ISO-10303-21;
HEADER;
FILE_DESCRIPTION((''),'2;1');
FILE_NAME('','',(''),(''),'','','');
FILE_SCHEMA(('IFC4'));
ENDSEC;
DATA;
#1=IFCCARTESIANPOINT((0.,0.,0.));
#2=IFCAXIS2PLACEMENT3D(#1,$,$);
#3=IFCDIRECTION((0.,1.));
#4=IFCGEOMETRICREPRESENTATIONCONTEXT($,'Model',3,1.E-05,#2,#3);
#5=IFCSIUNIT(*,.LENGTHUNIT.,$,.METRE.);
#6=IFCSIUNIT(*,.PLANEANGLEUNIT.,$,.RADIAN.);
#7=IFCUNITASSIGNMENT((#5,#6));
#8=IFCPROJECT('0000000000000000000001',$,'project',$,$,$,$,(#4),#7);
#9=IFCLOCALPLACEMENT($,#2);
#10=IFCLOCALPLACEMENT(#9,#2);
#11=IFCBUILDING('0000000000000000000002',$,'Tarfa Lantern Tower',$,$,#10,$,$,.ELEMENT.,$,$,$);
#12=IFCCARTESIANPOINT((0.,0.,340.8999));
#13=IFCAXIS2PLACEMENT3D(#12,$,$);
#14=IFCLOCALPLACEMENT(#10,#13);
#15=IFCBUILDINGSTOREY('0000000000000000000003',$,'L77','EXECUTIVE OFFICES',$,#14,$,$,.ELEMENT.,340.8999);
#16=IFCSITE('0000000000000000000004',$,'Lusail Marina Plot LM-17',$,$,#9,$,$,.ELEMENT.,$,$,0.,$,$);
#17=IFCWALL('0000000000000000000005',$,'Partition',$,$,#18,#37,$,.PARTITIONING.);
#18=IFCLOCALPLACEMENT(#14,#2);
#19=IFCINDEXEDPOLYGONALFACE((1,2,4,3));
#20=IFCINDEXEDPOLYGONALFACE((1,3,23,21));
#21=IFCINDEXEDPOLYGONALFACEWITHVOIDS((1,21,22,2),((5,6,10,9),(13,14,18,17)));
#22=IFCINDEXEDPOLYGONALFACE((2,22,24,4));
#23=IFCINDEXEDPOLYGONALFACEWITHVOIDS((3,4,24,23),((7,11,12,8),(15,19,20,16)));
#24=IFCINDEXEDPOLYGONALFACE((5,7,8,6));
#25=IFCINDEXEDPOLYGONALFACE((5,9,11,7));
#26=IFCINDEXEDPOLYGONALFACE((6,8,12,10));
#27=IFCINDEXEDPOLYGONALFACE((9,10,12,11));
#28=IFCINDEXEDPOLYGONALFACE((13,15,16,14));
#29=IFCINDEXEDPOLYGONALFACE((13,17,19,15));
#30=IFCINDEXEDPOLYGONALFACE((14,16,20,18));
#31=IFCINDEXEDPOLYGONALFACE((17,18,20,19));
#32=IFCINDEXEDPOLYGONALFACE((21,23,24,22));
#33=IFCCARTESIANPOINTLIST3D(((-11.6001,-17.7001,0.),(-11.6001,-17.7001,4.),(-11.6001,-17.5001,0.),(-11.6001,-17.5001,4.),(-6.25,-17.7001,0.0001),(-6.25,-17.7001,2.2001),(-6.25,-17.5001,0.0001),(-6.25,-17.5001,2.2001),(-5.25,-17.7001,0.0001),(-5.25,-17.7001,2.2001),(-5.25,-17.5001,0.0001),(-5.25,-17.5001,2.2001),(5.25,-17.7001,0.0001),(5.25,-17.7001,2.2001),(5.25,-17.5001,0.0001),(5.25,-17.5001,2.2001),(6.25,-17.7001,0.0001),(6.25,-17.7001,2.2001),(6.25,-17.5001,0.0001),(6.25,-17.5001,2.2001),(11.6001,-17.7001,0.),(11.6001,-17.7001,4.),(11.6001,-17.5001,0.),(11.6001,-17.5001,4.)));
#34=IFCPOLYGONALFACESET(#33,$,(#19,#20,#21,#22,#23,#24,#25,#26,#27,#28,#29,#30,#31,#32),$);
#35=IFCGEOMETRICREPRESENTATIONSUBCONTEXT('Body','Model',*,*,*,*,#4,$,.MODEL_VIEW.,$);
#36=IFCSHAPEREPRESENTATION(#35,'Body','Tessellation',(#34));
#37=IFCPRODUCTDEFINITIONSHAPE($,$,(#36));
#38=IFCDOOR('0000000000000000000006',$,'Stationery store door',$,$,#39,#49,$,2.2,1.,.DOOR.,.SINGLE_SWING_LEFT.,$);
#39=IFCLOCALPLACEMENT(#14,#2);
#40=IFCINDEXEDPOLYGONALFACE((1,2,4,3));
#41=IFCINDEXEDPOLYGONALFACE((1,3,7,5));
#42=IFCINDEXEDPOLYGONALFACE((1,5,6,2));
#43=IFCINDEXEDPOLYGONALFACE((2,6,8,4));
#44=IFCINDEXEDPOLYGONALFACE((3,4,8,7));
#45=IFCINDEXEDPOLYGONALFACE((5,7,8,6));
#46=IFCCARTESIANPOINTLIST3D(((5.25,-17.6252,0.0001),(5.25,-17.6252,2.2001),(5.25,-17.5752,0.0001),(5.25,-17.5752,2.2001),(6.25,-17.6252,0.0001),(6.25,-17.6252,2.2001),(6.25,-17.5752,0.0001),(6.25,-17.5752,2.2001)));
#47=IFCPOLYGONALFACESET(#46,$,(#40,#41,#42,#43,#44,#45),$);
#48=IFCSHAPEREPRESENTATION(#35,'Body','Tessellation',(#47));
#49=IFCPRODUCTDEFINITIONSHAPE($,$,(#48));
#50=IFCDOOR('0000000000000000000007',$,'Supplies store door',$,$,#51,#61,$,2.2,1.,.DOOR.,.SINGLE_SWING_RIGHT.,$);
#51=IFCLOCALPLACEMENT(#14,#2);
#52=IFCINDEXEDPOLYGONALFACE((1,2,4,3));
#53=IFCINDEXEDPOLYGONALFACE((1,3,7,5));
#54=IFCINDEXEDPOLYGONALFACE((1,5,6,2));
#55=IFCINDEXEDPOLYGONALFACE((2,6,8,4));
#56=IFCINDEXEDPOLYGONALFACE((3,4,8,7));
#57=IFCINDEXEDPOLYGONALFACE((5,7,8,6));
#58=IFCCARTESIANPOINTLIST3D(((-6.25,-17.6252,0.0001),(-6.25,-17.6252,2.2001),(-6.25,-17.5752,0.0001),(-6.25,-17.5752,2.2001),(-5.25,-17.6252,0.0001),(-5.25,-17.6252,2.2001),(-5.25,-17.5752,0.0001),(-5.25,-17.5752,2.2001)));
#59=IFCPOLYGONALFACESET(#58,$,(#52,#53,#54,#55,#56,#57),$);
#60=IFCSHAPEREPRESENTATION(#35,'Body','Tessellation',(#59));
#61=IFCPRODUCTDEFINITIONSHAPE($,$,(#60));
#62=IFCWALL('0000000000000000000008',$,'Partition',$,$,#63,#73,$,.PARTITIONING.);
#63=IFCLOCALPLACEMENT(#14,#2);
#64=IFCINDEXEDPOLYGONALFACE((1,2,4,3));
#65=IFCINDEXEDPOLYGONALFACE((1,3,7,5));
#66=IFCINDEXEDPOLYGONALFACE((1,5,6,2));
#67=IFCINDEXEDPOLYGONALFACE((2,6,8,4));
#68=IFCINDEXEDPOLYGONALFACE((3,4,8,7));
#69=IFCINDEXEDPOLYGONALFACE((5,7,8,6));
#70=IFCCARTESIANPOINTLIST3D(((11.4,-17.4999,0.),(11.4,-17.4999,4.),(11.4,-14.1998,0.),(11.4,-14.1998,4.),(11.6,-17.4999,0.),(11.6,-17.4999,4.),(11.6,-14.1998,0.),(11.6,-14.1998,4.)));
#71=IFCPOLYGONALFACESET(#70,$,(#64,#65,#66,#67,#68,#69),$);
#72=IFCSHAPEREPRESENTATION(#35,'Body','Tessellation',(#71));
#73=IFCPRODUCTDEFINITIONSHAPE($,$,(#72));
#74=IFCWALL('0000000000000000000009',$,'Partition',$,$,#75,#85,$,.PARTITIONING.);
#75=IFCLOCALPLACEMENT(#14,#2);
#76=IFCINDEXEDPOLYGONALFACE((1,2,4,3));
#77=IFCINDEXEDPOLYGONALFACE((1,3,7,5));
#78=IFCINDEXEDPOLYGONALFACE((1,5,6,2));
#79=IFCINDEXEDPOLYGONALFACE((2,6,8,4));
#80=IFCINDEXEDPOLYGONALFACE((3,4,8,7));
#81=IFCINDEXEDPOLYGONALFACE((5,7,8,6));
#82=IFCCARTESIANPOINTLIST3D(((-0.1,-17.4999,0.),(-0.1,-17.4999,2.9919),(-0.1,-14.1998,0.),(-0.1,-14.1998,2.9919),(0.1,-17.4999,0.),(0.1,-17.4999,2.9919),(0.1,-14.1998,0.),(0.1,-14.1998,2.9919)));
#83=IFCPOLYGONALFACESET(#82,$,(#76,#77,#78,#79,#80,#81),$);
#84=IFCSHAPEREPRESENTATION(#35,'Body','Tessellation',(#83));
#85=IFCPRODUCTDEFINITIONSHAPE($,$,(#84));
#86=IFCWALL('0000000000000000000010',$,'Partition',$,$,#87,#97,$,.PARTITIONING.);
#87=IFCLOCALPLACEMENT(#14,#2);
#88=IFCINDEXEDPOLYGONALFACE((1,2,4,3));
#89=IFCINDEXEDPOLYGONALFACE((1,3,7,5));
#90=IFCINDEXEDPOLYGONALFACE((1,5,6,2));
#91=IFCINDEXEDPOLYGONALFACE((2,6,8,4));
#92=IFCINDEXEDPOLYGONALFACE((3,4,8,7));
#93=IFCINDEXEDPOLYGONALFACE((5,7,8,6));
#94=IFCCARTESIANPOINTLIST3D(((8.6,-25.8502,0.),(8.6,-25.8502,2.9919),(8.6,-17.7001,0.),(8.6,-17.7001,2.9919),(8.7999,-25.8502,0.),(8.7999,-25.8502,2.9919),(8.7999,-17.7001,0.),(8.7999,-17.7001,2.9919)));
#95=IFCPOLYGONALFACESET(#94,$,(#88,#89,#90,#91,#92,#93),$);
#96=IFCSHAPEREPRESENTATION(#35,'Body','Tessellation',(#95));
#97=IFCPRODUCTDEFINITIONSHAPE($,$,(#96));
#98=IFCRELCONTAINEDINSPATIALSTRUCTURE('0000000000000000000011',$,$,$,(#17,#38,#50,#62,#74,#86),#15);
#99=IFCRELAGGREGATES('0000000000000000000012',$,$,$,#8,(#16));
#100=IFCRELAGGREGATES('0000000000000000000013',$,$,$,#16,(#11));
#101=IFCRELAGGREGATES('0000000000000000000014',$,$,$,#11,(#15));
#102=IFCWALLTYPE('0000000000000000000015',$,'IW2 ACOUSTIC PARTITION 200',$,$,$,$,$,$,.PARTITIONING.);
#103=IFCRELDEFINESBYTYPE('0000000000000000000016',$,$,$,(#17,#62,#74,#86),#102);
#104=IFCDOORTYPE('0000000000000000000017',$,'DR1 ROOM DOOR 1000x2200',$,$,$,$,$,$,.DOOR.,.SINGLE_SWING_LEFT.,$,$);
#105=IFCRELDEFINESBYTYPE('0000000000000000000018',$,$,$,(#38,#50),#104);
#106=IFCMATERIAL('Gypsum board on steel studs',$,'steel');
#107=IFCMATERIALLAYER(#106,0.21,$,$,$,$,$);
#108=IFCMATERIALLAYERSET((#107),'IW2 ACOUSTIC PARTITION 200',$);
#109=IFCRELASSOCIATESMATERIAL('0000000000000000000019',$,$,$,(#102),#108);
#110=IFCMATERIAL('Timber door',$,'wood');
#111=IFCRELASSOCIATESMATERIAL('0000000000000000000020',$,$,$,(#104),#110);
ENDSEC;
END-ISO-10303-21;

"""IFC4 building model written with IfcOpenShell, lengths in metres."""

from ifc_helpers import new_model, si_unit, direction, frame, frame_2d, origin, place, context, subcontext, project, spatial, rectangle, extrude, material, layer, layer_set, type_object, element, fill, save


model = new_model("IFC4")

# Units and contexts
model_context = context("Model", 3, precision=1e-05, world=origin(), true_north=direction((0.0, 1.0)))
body_context = subcontext(model_context, "Body", "Model", "MODEL_VIEW")
ifc_project = project(units=[si_unit("LENGTHUNIT", "METRE"), si_unit("PLANEANGLEUNIT", "RADIAN")], contexts=[model_context])

# Site, building, storey
site_placement = place(None, origin())
site = spatial("IfcSite", under=ifc_project, at=site_placement, Name="Lusail Marina Plot LM-17", CompositionType="ELEMENT", RefElevation=0.0)
building_placement = place(site_placement, origin())
building = spatial("IfcBuilding", under=site, at=building_placement, Name="Tarfa Lantern Tower", CompositionType="ELEMENT")
storey_placement = place(building_placement, frame((0.0, 0.0, 340.8999)))
storey = spatial("IfcBuildingStorey", under=building, at=storey_placement, Name="L77", Description="EXECUTIVE OFFICES", CompositionType="ELEMENT", Elevation=340.8999)

# Wall, openings, doors
ifc_material_1 = material(Name="Gypsum board on steel studs", Category="steel")
ifc_layer_1 = layer(ifc_material_1, 0.21)
ifc_layer_set_1 = layer_set([ifc_layer_1], Name="IW2 ACOUSTIC PARTITION 200")
wall_type = type_object("IfcWallType", Name="IW2 ACOUSTIC PARTITION 200", PredefinedType="PARTITIONING", material=ifc_layer_set_1)
wall_1_placement = place(storey_placement, frame((11.6001, -17.6001, 0.0), z_axis=(0.0, 0.0, 1.0), x_axis=(-1.0, 0.0, 0.0)))
wall_1 = element("IfcWall", 1, at=wall_1_placement, inside=storey, type_object=wall_type, Name="Partition", PredefinedType="PARTITIONING", context=body_context, shape_type="SweptSolid", body=[
    extrude(rectangle(XDim=23.2002, YDim=0.2, at=frame_2d((11.6001, 0.0))), origin(), (0.0, 0.0, 1.0), 4.0),
])
opening_1_placement = place(wall_1_placement, frame((5.3501, 0.0, 0.0)))
opening_1 = element("IfcOpeningElement", 2, at=opening_1_placement, cuts=wall_1, PredefinedType="OPENING", context=body_context, shape_type="SweptSolid", body=[
    extrude(rectangle(XDim=1.0, YDim=2.2, at=frame_2d((0.5, 1.1001))), frame((0.0, 0.1099, 0.0), z_axis=(0.0, -1.0, 0.0), x_axis=(1.0, 0.0, 0.0)), (0.0, 0.0, 1.0), 0.22),
])
opening_2_placement = place(wall_1_placement, frame((16.8501, 0.0, 0.0)))
opening_2 = element("IfcOpeningElement", 3, at=opening_2_placement, cuts=wall_1, PredefinedType="OPENING", context=body_context, shape_type="SweptSolid", body=[
    extrude(rectangle(XDim=1.0, YDim=2.2, at=frame_2d((0.5, 1.1001))), frame((0.0, 0.1099, 0.0), z_axis=(0.0, -1.0, 0.0), x_axis=(1.0, 0.0, 0.0)), (0.0, 0.0, 1.0), 0.22),
])
ifc_material_2 = material(Name="Timber door", Category="wood")
door_type = type_object("IfcDoorType", Name="DR1 ROOM DOOR 1000x2200", OperationType="SINGLE_SWING_LEFT", PredefinedType="DOOR", material=ifc_material_2)
door_1_placement = place(opening_1_placement, frame((1.0, 0.0, 0.0), z_axis=(0.0, 0.0, 1.0), x_axis=(-1.0, 0.0, 0.0)))
door_1 = element("IfcDoor", 4, at=door_1_placement, inside=storey, type_object=door_type, Name="Stationery store door", OperationType="SINGLE_SWING_LEFT", OverallHeight=2.2, OverallWidth=1.0, PredefinedType="DOOR", context=body_context, shape_type="SweptSolid", body=[
    extrude(rectangle(XDim=1.0, YDim=2.2, at=frame_2d((0.5, 1.1001))), frame((0.0, 0.0249, 0.0), z_axis=(0.0, -1.0, 0.0), x_axis=(1.0, 0.0, 0.0)), (0.0, 0.0, 1.0), 0.05),
])
fill(opening_1, door_1)
door_2_placement = place(opening_2_placement, frame((1.0, 0.0, 0.0), z_axis=(0.0, 0.0, 1.0), x_axis=(-1.0, 0.0, 0.0)))
door_2 = element("IfcDoor", 5, at=door_2_placement, inside=storey, type_object=door_type, Name="Supplies store door", OperationType="SINGLE_SWING_RIGHT", OverallHeight=2.2, OverallWidth=1.0, PredefinedType="DOOR", context=body_context, shape_type="SweptSolid", body=[
    extrude(rectangle(XDim=1.0, YDim=2.2, at=frame_2d((0.5, 1.1001))), frame((0.0, 0.0249, 0.0), z_axis=(0.0, -1.0, 0.0), x_axis=(1.0, 0.0, 0.0)), (0.0, 0.0, 1.0), 0.05),
])
fill(opening_2, door_2)

# Walls
wall_2_placement = place(storey_placement, frame((11.5, -14.2, 0.0), z_axis=(0.0, 0.0, 1.0), x_axis=(0.0, -1.0, 0.0)))
element("IfcWall", 6, at=wall_2_placement, inside=storey, type_object=wall_type, Name="Partition", PredefinedType="PARTITIONING", context=body_context, shape_type="SweptSolid", body=[
    extrude(rectangle(XDim=3.3, YDim=0.2, at=frame_2d((1.6499, 0.0))), origin(), (0.0, 0.0, 1.0), 4.0),
])
wall_3_placement = place(storey_placement, frame((0.0, -14.2, 0.0), z_axis=(0.0, 0.0, 1.0), x_axis=(0.0, -1.0, 0.0)))
element("IfcWall", 7, at=wall_3_placement, inside=storey, type_object=wall_type, Name="Partition", PredefinedType="PARTITIONING", context=body_context, shape_type="SweptSolid", body=[
    extrude(rectangle(XDim=3.3, YDim=0.2, at=frame_2d((1.6499, 0.0))), origin(), (0.0, 0.0, 1.0), 2.9919),
])
wall_4_placement = place(storey_placement, frame((8.7, -17.7, 0.0), z_axis=(0.0, 0.0, 1.0), x_axis=(0.0, -1.0, 0.0)))
element("IfcWall", 8, at=wall_4_placement, inside=storey, type_object=wall_type, Name="Partition", PredefinedType="PARTITIONING", context=body_context, shape_type="SweptSolid", body=[
    extrude(rectangle(XDim=8.1501, YDim=0.2, at=frame_2d((4.0752, 0.0))), origin(), (0.0, 0.0, 1.0), 2.9919),
])

save(model, "model.ifc")
